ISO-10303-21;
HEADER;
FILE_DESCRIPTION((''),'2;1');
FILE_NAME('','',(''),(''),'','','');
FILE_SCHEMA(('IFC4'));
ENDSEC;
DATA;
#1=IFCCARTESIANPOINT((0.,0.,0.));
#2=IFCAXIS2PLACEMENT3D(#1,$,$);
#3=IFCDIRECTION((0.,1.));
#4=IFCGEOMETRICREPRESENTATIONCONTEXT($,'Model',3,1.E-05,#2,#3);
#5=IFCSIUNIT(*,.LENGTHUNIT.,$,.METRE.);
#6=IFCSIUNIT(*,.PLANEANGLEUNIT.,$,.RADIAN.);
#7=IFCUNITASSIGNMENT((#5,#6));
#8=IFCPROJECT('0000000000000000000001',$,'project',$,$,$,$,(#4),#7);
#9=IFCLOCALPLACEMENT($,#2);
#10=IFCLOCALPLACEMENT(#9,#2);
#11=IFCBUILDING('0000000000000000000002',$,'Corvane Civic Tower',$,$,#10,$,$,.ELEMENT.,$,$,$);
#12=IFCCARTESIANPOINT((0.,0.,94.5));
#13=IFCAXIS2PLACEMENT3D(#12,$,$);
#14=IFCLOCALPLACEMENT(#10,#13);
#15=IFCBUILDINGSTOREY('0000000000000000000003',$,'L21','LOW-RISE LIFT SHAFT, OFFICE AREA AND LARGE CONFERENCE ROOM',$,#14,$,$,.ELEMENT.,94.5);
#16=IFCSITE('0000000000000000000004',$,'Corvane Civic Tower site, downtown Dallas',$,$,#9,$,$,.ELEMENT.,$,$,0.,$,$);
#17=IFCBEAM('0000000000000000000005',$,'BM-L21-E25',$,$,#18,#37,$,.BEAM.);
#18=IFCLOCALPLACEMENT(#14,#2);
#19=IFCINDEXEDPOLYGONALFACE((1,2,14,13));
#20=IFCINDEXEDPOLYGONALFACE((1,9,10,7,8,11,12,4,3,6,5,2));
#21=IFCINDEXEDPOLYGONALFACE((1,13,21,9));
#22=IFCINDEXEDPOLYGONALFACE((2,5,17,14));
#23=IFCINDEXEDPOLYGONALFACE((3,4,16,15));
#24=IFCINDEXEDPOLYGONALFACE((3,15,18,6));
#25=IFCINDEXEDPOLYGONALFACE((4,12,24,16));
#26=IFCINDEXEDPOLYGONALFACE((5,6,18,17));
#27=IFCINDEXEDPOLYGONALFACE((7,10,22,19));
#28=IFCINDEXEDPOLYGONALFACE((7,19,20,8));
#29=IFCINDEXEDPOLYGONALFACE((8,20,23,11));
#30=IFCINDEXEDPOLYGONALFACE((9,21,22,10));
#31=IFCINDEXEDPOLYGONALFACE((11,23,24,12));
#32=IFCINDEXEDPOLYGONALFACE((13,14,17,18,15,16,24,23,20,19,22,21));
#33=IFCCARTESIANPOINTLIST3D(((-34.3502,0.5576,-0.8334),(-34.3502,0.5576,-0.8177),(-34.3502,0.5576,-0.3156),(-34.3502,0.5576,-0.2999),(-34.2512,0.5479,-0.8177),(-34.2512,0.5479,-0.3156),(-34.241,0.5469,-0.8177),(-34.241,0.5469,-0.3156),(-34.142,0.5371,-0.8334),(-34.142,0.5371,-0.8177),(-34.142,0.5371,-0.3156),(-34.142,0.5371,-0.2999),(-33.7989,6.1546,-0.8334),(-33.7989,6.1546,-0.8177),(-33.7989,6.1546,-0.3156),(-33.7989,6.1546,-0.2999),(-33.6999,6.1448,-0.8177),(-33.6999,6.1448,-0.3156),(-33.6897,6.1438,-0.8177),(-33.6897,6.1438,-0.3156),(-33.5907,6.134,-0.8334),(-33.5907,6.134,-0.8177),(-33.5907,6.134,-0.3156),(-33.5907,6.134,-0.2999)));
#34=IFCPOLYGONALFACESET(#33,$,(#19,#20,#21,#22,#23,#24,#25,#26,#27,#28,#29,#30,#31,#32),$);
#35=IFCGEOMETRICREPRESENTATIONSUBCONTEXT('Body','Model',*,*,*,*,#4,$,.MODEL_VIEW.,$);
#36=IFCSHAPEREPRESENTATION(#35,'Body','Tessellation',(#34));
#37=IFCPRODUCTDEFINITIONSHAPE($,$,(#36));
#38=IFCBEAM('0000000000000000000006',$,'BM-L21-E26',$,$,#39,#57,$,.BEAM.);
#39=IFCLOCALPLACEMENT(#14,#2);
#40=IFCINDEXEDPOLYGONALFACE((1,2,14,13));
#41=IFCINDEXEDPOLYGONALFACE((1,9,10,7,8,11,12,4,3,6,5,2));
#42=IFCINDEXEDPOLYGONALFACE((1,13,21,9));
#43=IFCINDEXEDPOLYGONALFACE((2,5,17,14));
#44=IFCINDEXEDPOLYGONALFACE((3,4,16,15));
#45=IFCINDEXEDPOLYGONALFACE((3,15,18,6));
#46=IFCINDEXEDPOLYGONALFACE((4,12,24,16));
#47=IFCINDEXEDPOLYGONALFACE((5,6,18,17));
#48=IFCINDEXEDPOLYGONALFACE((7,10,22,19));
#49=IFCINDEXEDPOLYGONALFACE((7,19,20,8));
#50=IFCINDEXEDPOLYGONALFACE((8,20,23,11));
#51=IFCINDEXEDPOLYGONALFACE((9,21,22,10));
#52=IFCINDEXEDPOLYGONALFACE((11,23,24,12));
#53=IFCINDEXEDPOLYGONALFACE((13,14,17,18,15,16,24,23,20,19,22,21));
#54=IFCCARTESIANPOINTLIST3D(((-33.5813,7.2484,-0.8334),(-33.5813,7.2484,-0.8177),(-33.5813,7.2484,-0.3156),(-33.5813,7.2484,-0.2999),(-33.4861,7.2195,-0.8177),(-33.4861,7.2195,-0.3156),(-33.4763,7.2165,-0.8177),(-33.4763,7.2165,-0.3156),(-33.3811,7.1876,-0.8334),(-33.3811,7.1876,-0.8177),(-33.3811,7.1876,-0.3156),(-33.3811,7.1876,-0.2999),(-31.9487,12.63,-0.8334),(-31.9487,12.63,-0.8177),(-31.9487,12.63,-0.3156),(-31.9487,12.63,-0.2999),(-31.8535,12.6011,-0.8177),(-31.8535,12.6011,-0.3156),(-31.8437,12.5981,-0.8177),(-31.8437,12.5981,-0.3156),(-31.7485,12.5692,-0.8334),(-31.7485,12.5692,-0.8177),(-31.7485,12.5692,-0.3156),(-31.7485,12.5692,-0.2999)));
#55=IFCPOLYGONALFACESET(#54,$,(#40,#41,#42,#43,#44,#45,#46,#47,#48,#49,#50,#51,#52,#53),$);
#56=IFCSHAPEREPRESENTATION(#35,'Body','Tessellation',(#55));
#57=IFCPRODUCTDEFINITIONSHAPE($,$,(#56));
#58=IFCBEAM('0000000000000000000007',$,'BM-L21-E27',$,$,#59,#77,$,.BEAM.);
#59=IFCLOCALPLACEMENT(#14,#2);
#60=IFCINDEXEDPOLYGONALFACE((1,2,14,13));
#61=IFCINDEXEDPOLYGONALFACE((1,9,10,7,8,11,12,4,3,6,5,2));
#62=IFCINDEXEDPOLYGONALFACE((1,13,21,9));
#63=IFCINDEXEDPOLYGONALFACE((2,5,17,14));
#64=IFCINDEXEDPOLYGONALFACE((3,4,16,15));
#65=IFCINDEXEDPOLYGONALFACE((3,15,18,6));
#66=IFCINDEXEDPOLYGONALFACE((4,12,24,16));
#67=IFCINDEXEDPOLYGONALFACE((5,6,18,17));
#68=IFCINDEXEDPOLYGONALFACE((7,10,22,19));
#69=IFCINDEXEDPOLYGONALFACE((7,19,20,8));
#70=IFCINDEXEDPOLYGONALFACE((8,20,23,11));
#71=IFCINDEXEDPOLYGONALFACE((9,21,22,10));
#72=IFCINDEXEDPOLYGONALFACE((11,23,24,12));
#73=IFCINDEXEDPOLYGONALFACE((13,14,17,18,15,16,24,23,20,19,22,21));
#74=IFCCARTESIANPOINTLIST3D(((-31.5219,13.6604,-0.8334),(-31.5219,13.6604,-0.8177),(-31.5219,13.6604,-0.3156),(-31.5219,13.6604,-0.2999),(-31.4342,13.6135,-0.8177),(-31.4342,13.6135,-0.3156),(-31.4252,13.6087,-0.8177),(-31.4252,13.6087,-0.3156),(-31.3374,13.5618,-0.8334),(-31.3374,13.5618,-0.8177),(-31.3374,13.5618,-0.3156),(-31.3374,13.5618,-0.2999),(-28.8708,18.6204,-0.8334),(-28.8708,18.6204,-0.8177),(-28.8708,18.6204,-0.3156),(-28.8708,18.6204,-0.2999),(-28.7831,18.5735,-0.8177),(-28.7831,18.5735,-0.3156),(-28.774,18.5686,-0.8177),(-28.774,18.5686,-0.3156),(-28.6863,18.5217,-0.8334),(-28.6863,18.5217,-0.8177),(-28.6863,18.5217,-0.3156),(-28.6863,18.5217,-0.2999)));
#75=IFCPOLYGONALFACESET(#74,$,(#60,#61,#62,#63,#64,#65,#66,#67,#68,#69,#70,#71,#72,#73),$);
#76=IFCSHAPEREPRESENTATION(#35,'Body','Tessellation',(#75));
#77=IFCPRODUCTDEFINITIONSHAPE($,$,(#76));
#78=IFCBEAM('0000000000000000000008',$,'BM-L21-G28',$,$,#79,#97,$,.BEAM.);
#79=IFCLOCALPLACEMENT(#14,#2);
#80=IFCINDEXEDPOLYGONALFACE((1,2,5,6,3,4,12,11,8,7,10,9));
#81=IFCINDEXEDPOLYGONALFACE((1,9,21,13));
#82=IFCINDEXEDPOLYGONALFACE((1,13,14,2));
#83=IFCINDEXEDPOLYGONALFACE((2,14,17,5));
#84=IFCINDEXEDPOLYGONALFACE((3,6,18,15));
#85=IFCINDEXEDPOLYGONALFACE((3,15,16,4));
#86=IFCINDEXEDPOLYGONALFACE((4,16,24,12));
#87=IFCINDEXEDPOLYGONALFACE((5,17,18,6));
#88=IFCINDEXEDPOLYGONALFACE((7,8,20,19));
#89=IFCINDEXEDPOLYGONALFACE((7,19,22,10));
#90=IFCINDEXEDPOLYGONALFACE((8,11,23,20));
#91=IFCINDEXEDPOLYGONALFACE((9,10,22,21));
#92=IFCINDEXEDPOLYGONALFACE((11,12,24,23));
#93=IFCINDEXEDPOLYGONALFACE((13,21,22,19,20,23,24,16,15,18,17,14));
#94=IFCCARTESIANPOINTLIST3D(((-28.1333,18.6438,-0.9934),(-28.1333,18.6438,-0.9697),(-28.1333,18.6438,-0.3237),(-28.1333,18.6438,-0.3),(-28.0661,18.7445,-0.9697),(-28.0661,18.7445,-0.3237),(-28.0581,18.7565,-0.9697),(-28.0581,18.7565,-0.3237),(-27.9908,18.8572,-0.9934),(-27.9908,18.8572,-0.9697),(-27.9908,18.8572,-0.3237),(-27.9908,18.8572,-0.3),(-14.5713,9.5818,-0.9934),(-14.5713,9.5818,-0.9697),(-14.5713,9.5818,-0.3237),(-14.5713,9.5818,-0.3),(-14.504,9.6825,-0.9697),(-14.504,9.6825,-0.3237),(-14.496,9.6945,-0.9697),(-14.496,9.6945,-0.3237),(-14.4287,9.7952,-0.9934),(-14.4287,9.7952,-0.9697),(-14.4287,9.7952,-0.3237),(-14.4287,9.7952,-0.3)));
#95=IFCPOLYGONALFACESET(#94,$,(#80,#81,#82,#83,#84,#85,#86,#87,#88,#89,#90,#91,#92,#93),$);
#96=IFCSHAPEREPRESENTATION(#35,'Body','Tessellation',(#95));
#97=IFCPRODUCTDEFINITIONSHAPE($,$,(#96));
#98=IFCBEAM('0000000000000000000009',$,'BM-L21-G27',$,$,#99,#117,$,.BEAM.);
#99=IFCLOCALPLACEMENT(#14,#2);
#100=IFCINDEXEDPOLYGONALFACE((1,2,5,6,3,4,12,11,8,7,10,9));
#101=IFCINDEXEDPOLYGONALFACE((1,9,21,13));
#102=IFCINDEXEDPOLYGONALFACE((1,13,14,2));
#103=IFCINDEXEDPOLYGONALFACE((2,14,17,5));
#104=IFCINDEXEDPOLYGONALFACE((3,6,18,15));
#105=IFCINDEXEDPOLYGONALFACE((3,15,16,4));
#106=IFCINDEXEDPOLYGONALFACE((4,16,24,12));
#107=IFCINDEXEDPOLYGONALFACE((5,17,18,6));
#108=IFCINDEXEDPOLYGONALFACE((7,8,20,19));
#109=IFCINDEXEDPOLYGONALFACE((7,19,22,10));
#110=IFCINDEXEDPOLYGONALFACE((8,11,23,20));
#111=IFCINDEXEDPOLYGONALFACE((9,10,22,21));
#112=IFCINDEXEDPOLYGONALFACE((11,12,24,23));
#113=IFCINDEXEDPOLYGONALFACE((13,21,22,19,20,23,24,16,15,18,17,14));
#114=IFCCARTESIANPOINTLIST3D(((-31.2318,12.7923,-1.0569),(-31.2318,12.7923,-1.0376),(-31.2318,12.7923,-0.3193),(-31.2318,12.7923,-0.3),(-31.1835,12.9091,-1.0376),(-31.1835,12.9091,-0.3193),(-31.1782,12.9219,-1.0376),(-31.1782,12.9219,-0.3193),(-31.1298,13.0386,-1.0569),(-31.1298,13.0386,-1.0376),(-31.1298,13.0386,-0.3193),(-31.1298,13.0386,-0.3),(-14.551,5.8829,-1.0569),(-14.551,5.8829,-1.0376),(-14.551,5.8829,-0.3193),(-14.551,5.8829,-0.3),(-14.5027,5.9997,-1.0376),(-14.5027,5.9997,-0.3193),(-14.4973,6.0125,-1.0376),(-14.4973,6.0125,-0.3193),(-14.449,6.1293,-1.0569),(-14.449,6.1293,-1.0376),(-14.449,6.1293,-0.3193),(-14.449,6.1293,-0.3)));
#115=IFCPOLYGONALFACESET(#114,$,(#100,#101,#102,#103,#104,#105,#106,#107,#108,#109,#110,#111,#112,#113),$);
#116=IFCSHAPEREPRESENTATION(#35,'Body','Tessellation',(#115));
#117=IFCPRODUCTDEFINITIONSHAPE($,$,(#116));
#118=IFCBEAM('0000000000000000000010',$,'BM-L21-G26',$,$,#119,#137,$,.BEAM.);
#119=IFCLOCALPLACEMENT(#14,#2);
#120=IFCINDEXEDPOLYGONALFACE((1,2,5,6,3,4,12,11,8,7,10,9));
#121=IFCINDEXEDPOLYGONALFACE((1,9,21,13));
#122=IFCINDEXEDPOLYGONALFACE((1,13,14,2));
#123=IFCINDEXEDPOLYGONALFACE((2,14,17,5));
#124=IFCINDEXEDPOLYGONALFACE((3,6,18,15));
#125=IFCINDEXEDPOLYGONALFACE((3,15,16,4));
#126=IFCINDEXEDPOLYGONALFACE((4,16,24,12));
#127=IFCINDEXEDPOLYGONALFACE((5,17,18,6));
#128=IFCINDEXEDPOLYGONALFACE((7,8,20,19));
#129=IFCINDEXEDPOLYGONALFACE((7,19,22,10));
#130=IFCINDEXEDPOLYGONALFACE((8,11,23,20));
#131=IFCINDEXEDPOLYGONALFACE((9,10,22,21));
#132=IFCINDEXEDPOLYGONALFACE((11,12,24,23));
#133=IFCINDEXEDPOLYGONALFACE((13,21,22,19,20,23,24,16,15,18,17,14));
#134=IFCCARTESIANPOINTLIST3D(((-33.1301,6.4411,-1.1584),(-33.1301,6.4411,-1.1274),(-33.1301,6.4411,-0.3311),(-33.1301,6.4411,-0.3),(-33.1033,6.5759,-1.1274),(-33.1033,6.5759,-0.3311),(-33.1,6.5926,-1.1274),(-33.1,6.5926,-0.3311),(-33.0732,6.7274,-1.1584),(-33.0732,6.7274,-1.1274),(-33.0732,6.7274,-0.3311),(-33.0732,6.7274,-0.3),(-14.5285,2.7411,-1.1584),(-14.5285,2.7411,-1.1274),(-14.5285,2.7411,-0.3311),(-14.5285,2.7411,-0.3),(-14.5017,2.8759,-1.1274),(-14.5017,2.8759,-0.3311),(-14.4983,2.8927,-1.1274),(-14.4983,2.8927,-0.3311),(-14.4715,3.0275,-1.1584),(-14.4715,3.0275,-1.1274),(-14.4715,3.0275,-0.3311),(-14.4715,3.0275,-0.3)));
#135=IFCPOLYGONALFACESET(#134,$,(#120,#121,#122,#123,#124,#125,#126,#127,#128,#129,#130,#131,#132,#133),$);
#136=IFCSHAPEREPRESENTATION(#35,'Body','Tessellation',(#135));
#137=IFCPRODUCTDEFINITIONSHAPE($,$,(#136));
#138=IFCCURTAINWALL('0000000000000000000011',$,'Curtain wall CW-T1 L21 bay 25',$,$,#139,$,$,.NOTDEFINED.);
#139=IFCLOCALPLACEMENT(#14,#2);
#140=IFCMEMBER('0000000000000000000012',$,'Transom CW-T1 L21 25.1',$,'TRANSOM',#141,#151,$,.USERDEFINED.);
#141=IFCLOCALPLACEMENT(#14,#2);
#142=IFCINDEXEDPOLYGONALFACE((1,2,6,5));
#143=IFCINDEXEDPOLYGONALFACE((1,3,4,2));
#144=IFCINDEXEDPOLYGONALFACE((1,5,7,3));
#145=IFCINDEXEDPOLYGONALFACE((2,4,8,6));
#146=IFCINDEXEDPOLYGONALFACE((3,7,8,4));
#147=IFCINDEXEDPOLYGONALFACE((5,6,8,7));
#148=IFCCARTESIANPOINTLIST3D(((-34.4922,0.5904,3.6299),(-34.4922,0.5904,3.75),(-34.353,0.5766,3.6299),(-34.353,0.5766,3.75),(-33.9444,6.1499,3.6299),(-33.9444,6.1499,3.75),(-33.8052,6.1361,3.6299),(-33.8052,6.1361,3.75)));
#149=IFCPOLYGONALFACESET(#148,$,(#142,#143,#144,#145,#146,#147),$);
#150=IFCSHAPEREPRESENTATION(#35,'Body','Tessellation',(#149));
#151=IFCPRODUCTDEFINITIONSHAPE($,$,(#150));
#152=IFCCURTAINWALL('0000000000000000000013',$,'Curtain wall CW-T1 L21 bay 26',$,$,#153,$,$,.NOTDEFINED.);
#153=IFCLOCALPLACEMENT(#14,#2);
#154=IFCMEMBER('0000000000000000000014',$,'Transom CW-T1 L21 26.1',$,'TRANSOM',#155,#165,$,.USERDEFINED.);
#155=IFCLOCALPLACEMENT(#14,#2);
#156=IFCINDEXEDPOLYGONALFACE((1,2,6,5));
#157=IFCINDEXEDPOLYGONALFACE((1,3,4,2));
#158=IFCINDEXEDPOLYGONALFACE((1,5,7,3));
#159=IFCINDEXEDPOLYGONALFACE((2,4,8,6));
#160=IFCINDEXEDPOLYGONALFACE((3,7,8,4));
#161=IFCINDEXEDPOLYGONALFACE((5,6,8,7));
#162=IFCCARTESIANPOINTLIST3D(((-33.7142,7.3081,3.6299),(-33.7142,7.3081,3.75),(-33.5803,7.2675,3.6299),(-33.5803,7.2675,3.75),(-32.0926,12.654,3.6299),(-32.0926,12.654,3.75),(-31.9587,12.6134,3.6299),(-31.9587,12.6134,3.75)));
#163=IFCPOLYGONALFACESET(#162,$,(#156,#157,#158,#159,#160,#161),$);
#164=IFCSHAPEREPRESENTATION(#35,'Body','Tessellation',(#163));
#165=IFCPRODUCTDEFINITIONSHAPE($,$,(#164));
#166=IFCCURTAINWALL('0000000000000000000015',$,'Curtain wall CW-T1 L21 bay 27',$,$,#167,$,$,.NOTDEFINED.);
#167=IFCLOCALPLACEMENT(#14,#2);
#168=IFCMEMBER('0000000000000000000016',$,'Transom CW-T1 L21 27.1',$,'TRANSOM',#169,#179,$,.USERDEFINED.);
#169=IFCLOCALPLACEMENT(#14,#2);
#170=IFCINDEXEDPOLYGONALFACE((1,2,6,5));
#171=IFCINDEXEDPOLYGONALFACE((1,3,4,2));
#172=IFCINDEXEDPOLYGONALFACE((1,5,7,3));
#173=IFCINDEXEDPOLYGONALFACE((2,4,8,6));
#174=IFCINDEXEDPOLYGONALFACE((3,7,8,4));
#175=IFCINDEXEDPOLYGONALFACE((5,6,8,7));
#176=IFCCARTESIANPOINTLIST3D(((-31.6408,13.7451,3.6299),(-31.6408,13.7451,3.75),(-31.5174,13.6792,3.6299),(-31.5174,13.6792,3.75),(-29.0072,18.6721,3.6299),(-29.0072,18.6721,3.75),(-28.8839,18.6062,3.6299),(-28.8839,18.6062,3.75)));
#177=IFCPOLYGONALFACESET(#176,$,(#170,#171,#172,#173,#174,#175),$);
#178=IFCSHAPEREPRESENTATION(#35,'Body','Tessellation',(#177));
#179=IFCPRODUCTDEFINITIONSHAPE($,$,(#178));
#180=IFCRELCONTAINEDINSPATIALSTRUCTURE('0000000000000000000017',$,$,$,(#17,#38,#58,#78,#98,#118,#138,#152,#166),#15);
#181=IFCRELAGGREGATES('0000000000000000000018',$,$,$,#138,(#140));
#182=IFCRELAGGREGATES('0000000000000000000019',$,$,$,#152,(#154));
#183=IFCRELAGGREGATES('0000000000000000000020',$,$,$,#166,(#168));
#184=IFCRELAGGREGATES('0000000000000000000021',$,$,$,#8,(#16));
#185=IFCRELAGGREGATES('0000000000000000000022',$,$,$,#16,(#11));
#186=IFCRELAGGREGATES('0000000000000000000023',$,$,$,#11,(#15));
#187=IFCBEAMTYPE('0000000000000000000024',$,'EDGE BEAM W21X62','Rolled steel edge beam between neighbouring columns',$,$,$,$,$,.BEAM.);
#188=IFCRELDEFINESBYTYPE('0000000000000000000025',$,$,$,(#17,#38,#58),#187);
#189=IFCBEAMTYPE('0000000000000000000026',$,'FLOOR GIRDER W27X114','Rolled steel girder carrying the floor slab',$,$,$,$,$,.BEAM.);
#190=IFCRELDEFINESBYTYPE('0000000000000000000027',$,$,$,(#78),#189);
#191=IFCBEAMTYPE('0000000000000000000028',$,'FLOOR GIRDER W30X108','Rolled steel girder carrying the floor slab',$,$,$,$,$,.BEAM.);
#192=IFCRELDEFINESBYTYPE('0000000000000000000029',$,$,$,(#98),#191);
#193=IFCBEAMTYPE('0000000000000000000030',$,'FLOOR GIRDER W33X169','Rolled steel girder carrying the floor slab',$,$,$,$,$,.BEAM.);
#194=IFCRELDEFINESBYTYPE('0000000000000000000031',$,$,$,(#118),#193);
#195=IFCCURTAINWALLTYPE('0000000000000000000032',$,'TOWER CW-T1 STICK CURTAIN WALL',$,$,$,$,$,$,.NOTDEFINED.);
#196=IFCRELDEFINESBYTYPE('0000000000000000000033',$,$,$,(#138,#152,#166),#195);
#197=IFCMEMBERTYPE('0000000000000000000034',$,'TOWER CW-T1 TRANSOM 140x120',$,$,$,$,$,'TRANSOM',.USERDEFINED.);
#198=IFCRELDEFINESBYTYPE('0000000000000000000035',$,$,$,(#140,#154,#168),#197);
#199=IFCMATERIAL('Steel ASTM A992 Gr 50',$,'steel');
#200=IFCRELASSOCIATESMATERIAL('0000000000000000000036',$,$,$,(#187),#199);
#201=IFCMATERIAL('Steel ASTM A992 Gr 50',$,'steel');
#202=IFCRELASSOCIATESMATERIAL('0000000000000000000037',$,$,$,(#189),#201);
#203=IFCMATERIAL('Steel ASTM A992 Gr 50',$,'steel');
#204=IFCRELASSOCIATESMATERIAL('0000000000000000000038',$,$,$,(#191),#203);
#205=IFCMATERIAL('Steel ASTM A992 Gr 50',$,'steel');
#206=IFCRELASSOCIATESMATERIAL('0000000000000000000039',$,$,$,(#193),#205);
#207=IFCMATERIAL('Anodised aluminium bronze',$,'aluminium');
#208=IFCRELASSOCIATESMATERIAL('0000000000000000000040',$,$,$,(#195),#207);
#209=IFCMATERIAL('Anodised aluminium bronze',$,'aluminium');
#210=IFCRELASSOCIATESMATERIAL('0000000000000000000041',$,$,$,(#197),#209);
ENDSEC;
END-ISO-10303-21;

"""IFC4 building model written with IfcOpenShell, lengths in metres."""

from ifc_helpers import new_model, si_unit, direction, frame, origin, origin_2d, place, context, subcontext, project, spatial, rectangle, i_section, extrude, material, material_profile, profile_set, type_object, element, aggregate, save


model = new_model("IFC4")

# Units and contexts
model_context = context("Model", 3, precision=1e-05, world=origin(), true_north=direction((0.0, 1.0)))
body_context = subcontext(model_context, "Body", "Model", "MODEL_VIEW")
ifc_project = project(units=[si_unit("LENGTHUNIT", "METRE"), si_unit("PLANEANGLEUNIT", "RADIAN")], contexts=[model_context])

# Site, building, storey
site_placement = place(None, origin())
site = spatial("IfcSite", under=ifc_project, at=site_placement, Name="Corvane Civic Tower site, downtown Dallas", CompositionType="ELEMENT", RefElevation=0.0)
building_placement = place(site_placement, origin())
building = spatial("IfcBuilding", under=site, at=building_placement, Name="Corvane Civic Tower", CompositionType="ELEMENT")
storey_placement = place(building_placement, frame((0.0, 0.0, 94.5)))
storey = spatial("IfcBuildingStorey", under=building, at=storey_placement, Name="L21", Description="LOW-RISE LIFT SHAFT, OFFICE AREA AND LARGE CONFERENCE ROOM", CompositionType="ELEMENT", Elevation=94.5)

# Beams
ifc_material_1 = material(Name="Steel ASTM A992 Gr 50", Category="steel")
ifc_material_profile_1 = material_profile(ifc_material_1, i_section(OverallWidth=0.2092, OverallDepth=0.5334, WebThickness=0.0103, FlangeThickness=0.0156, at=origin_2d()), Name="W21X62")
ifc_profile_set_1 = profile_set([ifc_material_profile_1], Name="Steel ASTM A992 Gr 50")
beam_type_1 = type_object("IfcBeamType", Name="EDGE BEAM W21X62", Description="Rolled steel edge beam between neighbouring columns", PredefinedType="BEAM", material=ifc_profile_set_1)
beam_1_placement = place(storey_placement, frame((-34.2461, 0.5474, -0.5667), z_axis=(0.098021, 0.995184, 0.0), x_axis=(-0.995184, 0.098021, 0.0)))
element("IfcBeam", 1, at=beam_1_placement, inside=storey, type_object=beam_type_1, Name="BM-L21-E25", PredefinedType="BEAM", context=body_context, shape_type="SweptSolid", body=[
    extrude(i_section(OverallWidth=0.2092, OverallDepth=0.5334, WebThickness=0.0103, FlangeThickness=0.0156, at=origin_2d()), origin(), (0.0, 0.0, 1.0), 5.624),
])
beam_2_placement = place(storey_placement, frame((-33.4812, 7.218, -0.5667), z_axis=(0.290298, 0.956936, 0.0), x_axis=(-0.956936, 0.290298, 0.0)))
element("IfcBeam", 2, at=beam_2_placement, inside=storey, type_object=beam_type_1, Name="BM-L21-E26", PredefinedType="BEAM", context=body_context, shape_type="SweptSolid", body=[
    extrude(i_section(OverallWidth=0.2092, OverallDepth=0.5334, WebThickness=0.0103, FlangeThickness=0.0156, at=origin_2d()), origin(), (0.0, 0.0, 1.0), 5.6238),
])
beam_3_placement = place(storey_placement, frame((-31.4297, 13.6111, -0.5667), z_axis=(0.471392, 0.881924, 0.0), x_axis=(-0.881924, 0.471392, 0.0)))
element("IfcBeam", 3, at=beam_3_placement, inside=storey, type_object=beam_type_1, Name="BM-L21-E27", PredefinedType="BEAM", context=body_context, shape_type="SweptSolid", body=[
    extrude(i_section(OverallWidth=0.2092, OverallDepth=0.5334, WebThickness=0.0103, FlangeThickness=0.0156, at=origin_2d()), origin(), (0.0, 0.0, 1.0), 5.624),
])
ifc_material_2 = material(Name="Steel ASTM A992 Gr 50", Category="steel")
ifc_material_profile_2 = material_profile(ifc_material_2, i_section(OverallWidth=0.2566, OverallDepth=0.6934, WebThickness=0.0144, FlangeThickness=0.0237, at=origin_2d()), Name="W27X114")
ifc_profile_set_2 = profile_set([ifc_material_profile_2], Name="Steel ASTM A992 Gr 50")
beam_type_2 = type_object("IfcBeamType", Name="FLOOR GIRDER W27X114", Description="Rolled steel girder carrying the floor slab", PredefinedType="BEAM", material=ifc_profile_set_2)
beam_4_placement = place(storey_placement, frame((-14.5, 9.6885, -0.6467), z_axis=(-0.831465, 0.555577, 0.0), x_axis=(-0.555577, -0.831465, 0.0)))
element("IfcBeam", 4, at=beam_4_placement, inside=storey, type_object=beam_type_2, Name="BM-L21-G28", PredefinedType="BEAM", context=body_context, shape_type="SweptSolid", body=[
    extrude(i_section(OverallWidth=0.2566, OverallDepth=0.6934, WebThickness=0.0144, FlangeThickness=0.0237, at=origin_2d()), origin(), (0.0, 0.0, 1.0), 16.311),
])
ifc_material_3 = material(Name="Steel ASTM A992 Gr 50", Category="steel")
ifc_material_profile_3 = material_profile(ifc_material_3, i_section(OverallWidth=0.2666, OverallDepth=0.7568, WebThickness=0.0139, FlangeThickness=0.0193, at=origin_2d()), Name="W30X108")
ifc_profile_set_3 = profile_set([ifc_material_profile_3], Name="Steel ASTM A992 Gr 50")
beam_type_3 = type_object("IfcBeamType", Name="FLOOR GIRDER W30X108", Description="Rolled steel girder carrying the floor slab", PredefinedType="BEAM", material=ifc_profile_set_3)
beam_5_placement = place(storey_placement, frame((-14.5, 6.0061, -0.6785), z_axis=(-0.92388, 0.382682, 0.0), x_axis=(-0.382682, -0.92388, 0.0)))
element("IfcBeam", 5, at=beam_5_placement, inside=storey, type_object=beam_type_3, Name="BM-L21-G27", PredefinedType="BEAM", context=body_context, shape_type="SweptSolid", body=[
    extrude(i_section(OverallWidth=0.2666, OverallDepth=0.7568, WebThickness=0.0139, FlangeThickness=0.0193, at=origin_2d()), origin(), (0.0, 0.0, 1.0), 18.0552),
])
ifc_material_4 = material(Name="Steel ASTM A992 Gr 50", Category="steel")
ifc_material_profile_4 = material_profile(ifc_material_4, i_section(OverallWidth=0.292, OverallDepth=0.8584, WebThickness=0.0171, FlangeThickness=0.031, at=origin_2d()), Name="W33X169")
ifc_profile_set_4 = profile_set([ifc_material_profile_4], Name="Steel ASTM A992 Gr 50")
beam_type_4 = type_object("IfcBeamType", Name="FLOOR GIRDER W33X169", Description="Rolled steel girder carrying the floor slab", PredefinedType="BEAM", material=ifc_profile_set_4)
beam_6_placement = place(storey_placement, frame((-14.5, 2.8843, -0.7292), z_axis=(-0.980787, 0.195084, 0.0), x_axis=(-0.195084, -0.980787, 0.0)))
element("IfcBeam", 6, at=beam_6_placement, inside=storey, type_object=beam_type_4, Name="BM-L21-G26", PredefinedType="BEAM", context=body_context, shape_type="SweptSolid", body=[
    extrude(i_section(OverallWidth=0.292, OverallDepth=0.8584, WebThickness=0.0171, FlangeThickness=0.031, at=origin_2d()), origin(), (0.0, 0.0, 1.0), 18.9661),
])

# Curtain walls, members
ifc_material_5 = material(Name="Anodised aluminium bronze", Category="aluminium")
curtain_wall_type = type_object("IfcCurtainWallType", Name="TOWER CW-T1 STICK CURTAIN WALL", PredefinedType="NOTDEFINED", material=ifc_material_5)
curtain_wall_1_placement = place(storey_placement, origin())
curtain_wall_1 = element("IfcCurtainWall", 7, at=curtain_wall_1_placement, inside=storey, type_object=curtain_wall_type, Name="Curtain wall CW-T1 L21 bay 25", PredefinedType="NOTDEFINED")
ifc_material_6 = material(Name="Anodised aluminium bronze", Category="aluminium")
ifc_material_profile_5 = material_profile(ifc_material_6, rectangle(XDim=0.1399, YDim=0.1201, at=origin_2d()), Name="TOWER CW-T1 TRANSOM 140x120")
ifc_profile_set_5 = profile_set([ifc_material_profile_5], Name="Anodised aluminium bronze")
member_type = type_object("IfcMemberType", Name="TOWER CW-T1 TRANSOM 140x120", ElementType="TRANSOM", PredefinedType="USERDEFINED", material=ifc_profile_set_5)
member_1_placement = place(storey_placement, frame((-34.4226, 0.5835, 3.6899), z_axis=(0.098067, 0.99518, 0.0), x_axis=(-0.99518, 0.098067, 0.0)))
member_1 = element("IfcMember", 8, at=member_1_placement, type_object=member_type, Name="Transom CW-T1 L21 25.1", ObjectType="TRANSOM", PredefinedType="USERDEFINED", context=body_context, shape_type="SweptSolid", body=[
    extrude(rectangle(XDim=0.1399, YDim=0.1201, at=origin_2d()), origin(), (0.0, 0.0, 1.0), 5.5864),
])
curtain_wall_2_placement = place(storey_placement, origin())
curtain_wall_2 = element("IfcCurtainWall", 9, at=curtain_wall_2_placement, inside=storey, type_object=curtain_wall_type, Name="Curtain wall CW-T1 L21 bay 26", PredefinedType="NOTDEFINED")
member_2_placement = place(storey_placement, frame((-33.6472, 7.2878, 3.6899), z_axis=(0.290269, 0.956945, 0.0), x_axis=(-0.956945, 0.290269, 0.0)))
member_2 = element("IfcMember", 10, at=member_2_placement, type_object=member_type, Name="Transom CW-T1 L21 26.1", ObjectType="TRANSOM", PredefinedType="USERDEFINED", context=body_context, shape_type="SweptSolid", body=[
    extrude(rectangle(XDim=0.1399, YDim=0.1201, at=origin_2d()), origin(), (0.0, 0.0, 1.0), 5.5864),
])
curtain_wall_3_placement = place(storey_placement, origin())
curtain_wall_3 = element("IfcCurtainWall", 11, at=curtain_wall_3_placement, inside=storey, type_object=curtain_wall_type, Name="Curtain wall CW-T1 L21 bay 27", PredefinedType="NOTDEFINED")
member_3_placement = place(storey_placement, frame((-31.5791, 13.7122, 3.6899), z_axis=(0.471398, 0.881921, 0.0), x_axis=(-0.881921, 0.471398, 0.0)))
member_3 = element("IfcMember", 12, at=member_3_placement, type_object=member_type, Name="Transom CW-T1 L21 27.1", ObjectType="TRANSOM", PredefinedType="USERDEFINED", context=body_context, shape_type="SweptSolid", body=[
    extrude(rectangle(XDim=0.1399, YDim=0.1201, at=origin_2d()), origin(), (0.0, 0.0, 1.0), 5.5867),
])

aggregate(curtain_wall_1, [member_1])
aggregate(curtain_wall_2, [member_2])
aggregate(curtain_wall_3, [member_3])

save(model, "model.ifc")
